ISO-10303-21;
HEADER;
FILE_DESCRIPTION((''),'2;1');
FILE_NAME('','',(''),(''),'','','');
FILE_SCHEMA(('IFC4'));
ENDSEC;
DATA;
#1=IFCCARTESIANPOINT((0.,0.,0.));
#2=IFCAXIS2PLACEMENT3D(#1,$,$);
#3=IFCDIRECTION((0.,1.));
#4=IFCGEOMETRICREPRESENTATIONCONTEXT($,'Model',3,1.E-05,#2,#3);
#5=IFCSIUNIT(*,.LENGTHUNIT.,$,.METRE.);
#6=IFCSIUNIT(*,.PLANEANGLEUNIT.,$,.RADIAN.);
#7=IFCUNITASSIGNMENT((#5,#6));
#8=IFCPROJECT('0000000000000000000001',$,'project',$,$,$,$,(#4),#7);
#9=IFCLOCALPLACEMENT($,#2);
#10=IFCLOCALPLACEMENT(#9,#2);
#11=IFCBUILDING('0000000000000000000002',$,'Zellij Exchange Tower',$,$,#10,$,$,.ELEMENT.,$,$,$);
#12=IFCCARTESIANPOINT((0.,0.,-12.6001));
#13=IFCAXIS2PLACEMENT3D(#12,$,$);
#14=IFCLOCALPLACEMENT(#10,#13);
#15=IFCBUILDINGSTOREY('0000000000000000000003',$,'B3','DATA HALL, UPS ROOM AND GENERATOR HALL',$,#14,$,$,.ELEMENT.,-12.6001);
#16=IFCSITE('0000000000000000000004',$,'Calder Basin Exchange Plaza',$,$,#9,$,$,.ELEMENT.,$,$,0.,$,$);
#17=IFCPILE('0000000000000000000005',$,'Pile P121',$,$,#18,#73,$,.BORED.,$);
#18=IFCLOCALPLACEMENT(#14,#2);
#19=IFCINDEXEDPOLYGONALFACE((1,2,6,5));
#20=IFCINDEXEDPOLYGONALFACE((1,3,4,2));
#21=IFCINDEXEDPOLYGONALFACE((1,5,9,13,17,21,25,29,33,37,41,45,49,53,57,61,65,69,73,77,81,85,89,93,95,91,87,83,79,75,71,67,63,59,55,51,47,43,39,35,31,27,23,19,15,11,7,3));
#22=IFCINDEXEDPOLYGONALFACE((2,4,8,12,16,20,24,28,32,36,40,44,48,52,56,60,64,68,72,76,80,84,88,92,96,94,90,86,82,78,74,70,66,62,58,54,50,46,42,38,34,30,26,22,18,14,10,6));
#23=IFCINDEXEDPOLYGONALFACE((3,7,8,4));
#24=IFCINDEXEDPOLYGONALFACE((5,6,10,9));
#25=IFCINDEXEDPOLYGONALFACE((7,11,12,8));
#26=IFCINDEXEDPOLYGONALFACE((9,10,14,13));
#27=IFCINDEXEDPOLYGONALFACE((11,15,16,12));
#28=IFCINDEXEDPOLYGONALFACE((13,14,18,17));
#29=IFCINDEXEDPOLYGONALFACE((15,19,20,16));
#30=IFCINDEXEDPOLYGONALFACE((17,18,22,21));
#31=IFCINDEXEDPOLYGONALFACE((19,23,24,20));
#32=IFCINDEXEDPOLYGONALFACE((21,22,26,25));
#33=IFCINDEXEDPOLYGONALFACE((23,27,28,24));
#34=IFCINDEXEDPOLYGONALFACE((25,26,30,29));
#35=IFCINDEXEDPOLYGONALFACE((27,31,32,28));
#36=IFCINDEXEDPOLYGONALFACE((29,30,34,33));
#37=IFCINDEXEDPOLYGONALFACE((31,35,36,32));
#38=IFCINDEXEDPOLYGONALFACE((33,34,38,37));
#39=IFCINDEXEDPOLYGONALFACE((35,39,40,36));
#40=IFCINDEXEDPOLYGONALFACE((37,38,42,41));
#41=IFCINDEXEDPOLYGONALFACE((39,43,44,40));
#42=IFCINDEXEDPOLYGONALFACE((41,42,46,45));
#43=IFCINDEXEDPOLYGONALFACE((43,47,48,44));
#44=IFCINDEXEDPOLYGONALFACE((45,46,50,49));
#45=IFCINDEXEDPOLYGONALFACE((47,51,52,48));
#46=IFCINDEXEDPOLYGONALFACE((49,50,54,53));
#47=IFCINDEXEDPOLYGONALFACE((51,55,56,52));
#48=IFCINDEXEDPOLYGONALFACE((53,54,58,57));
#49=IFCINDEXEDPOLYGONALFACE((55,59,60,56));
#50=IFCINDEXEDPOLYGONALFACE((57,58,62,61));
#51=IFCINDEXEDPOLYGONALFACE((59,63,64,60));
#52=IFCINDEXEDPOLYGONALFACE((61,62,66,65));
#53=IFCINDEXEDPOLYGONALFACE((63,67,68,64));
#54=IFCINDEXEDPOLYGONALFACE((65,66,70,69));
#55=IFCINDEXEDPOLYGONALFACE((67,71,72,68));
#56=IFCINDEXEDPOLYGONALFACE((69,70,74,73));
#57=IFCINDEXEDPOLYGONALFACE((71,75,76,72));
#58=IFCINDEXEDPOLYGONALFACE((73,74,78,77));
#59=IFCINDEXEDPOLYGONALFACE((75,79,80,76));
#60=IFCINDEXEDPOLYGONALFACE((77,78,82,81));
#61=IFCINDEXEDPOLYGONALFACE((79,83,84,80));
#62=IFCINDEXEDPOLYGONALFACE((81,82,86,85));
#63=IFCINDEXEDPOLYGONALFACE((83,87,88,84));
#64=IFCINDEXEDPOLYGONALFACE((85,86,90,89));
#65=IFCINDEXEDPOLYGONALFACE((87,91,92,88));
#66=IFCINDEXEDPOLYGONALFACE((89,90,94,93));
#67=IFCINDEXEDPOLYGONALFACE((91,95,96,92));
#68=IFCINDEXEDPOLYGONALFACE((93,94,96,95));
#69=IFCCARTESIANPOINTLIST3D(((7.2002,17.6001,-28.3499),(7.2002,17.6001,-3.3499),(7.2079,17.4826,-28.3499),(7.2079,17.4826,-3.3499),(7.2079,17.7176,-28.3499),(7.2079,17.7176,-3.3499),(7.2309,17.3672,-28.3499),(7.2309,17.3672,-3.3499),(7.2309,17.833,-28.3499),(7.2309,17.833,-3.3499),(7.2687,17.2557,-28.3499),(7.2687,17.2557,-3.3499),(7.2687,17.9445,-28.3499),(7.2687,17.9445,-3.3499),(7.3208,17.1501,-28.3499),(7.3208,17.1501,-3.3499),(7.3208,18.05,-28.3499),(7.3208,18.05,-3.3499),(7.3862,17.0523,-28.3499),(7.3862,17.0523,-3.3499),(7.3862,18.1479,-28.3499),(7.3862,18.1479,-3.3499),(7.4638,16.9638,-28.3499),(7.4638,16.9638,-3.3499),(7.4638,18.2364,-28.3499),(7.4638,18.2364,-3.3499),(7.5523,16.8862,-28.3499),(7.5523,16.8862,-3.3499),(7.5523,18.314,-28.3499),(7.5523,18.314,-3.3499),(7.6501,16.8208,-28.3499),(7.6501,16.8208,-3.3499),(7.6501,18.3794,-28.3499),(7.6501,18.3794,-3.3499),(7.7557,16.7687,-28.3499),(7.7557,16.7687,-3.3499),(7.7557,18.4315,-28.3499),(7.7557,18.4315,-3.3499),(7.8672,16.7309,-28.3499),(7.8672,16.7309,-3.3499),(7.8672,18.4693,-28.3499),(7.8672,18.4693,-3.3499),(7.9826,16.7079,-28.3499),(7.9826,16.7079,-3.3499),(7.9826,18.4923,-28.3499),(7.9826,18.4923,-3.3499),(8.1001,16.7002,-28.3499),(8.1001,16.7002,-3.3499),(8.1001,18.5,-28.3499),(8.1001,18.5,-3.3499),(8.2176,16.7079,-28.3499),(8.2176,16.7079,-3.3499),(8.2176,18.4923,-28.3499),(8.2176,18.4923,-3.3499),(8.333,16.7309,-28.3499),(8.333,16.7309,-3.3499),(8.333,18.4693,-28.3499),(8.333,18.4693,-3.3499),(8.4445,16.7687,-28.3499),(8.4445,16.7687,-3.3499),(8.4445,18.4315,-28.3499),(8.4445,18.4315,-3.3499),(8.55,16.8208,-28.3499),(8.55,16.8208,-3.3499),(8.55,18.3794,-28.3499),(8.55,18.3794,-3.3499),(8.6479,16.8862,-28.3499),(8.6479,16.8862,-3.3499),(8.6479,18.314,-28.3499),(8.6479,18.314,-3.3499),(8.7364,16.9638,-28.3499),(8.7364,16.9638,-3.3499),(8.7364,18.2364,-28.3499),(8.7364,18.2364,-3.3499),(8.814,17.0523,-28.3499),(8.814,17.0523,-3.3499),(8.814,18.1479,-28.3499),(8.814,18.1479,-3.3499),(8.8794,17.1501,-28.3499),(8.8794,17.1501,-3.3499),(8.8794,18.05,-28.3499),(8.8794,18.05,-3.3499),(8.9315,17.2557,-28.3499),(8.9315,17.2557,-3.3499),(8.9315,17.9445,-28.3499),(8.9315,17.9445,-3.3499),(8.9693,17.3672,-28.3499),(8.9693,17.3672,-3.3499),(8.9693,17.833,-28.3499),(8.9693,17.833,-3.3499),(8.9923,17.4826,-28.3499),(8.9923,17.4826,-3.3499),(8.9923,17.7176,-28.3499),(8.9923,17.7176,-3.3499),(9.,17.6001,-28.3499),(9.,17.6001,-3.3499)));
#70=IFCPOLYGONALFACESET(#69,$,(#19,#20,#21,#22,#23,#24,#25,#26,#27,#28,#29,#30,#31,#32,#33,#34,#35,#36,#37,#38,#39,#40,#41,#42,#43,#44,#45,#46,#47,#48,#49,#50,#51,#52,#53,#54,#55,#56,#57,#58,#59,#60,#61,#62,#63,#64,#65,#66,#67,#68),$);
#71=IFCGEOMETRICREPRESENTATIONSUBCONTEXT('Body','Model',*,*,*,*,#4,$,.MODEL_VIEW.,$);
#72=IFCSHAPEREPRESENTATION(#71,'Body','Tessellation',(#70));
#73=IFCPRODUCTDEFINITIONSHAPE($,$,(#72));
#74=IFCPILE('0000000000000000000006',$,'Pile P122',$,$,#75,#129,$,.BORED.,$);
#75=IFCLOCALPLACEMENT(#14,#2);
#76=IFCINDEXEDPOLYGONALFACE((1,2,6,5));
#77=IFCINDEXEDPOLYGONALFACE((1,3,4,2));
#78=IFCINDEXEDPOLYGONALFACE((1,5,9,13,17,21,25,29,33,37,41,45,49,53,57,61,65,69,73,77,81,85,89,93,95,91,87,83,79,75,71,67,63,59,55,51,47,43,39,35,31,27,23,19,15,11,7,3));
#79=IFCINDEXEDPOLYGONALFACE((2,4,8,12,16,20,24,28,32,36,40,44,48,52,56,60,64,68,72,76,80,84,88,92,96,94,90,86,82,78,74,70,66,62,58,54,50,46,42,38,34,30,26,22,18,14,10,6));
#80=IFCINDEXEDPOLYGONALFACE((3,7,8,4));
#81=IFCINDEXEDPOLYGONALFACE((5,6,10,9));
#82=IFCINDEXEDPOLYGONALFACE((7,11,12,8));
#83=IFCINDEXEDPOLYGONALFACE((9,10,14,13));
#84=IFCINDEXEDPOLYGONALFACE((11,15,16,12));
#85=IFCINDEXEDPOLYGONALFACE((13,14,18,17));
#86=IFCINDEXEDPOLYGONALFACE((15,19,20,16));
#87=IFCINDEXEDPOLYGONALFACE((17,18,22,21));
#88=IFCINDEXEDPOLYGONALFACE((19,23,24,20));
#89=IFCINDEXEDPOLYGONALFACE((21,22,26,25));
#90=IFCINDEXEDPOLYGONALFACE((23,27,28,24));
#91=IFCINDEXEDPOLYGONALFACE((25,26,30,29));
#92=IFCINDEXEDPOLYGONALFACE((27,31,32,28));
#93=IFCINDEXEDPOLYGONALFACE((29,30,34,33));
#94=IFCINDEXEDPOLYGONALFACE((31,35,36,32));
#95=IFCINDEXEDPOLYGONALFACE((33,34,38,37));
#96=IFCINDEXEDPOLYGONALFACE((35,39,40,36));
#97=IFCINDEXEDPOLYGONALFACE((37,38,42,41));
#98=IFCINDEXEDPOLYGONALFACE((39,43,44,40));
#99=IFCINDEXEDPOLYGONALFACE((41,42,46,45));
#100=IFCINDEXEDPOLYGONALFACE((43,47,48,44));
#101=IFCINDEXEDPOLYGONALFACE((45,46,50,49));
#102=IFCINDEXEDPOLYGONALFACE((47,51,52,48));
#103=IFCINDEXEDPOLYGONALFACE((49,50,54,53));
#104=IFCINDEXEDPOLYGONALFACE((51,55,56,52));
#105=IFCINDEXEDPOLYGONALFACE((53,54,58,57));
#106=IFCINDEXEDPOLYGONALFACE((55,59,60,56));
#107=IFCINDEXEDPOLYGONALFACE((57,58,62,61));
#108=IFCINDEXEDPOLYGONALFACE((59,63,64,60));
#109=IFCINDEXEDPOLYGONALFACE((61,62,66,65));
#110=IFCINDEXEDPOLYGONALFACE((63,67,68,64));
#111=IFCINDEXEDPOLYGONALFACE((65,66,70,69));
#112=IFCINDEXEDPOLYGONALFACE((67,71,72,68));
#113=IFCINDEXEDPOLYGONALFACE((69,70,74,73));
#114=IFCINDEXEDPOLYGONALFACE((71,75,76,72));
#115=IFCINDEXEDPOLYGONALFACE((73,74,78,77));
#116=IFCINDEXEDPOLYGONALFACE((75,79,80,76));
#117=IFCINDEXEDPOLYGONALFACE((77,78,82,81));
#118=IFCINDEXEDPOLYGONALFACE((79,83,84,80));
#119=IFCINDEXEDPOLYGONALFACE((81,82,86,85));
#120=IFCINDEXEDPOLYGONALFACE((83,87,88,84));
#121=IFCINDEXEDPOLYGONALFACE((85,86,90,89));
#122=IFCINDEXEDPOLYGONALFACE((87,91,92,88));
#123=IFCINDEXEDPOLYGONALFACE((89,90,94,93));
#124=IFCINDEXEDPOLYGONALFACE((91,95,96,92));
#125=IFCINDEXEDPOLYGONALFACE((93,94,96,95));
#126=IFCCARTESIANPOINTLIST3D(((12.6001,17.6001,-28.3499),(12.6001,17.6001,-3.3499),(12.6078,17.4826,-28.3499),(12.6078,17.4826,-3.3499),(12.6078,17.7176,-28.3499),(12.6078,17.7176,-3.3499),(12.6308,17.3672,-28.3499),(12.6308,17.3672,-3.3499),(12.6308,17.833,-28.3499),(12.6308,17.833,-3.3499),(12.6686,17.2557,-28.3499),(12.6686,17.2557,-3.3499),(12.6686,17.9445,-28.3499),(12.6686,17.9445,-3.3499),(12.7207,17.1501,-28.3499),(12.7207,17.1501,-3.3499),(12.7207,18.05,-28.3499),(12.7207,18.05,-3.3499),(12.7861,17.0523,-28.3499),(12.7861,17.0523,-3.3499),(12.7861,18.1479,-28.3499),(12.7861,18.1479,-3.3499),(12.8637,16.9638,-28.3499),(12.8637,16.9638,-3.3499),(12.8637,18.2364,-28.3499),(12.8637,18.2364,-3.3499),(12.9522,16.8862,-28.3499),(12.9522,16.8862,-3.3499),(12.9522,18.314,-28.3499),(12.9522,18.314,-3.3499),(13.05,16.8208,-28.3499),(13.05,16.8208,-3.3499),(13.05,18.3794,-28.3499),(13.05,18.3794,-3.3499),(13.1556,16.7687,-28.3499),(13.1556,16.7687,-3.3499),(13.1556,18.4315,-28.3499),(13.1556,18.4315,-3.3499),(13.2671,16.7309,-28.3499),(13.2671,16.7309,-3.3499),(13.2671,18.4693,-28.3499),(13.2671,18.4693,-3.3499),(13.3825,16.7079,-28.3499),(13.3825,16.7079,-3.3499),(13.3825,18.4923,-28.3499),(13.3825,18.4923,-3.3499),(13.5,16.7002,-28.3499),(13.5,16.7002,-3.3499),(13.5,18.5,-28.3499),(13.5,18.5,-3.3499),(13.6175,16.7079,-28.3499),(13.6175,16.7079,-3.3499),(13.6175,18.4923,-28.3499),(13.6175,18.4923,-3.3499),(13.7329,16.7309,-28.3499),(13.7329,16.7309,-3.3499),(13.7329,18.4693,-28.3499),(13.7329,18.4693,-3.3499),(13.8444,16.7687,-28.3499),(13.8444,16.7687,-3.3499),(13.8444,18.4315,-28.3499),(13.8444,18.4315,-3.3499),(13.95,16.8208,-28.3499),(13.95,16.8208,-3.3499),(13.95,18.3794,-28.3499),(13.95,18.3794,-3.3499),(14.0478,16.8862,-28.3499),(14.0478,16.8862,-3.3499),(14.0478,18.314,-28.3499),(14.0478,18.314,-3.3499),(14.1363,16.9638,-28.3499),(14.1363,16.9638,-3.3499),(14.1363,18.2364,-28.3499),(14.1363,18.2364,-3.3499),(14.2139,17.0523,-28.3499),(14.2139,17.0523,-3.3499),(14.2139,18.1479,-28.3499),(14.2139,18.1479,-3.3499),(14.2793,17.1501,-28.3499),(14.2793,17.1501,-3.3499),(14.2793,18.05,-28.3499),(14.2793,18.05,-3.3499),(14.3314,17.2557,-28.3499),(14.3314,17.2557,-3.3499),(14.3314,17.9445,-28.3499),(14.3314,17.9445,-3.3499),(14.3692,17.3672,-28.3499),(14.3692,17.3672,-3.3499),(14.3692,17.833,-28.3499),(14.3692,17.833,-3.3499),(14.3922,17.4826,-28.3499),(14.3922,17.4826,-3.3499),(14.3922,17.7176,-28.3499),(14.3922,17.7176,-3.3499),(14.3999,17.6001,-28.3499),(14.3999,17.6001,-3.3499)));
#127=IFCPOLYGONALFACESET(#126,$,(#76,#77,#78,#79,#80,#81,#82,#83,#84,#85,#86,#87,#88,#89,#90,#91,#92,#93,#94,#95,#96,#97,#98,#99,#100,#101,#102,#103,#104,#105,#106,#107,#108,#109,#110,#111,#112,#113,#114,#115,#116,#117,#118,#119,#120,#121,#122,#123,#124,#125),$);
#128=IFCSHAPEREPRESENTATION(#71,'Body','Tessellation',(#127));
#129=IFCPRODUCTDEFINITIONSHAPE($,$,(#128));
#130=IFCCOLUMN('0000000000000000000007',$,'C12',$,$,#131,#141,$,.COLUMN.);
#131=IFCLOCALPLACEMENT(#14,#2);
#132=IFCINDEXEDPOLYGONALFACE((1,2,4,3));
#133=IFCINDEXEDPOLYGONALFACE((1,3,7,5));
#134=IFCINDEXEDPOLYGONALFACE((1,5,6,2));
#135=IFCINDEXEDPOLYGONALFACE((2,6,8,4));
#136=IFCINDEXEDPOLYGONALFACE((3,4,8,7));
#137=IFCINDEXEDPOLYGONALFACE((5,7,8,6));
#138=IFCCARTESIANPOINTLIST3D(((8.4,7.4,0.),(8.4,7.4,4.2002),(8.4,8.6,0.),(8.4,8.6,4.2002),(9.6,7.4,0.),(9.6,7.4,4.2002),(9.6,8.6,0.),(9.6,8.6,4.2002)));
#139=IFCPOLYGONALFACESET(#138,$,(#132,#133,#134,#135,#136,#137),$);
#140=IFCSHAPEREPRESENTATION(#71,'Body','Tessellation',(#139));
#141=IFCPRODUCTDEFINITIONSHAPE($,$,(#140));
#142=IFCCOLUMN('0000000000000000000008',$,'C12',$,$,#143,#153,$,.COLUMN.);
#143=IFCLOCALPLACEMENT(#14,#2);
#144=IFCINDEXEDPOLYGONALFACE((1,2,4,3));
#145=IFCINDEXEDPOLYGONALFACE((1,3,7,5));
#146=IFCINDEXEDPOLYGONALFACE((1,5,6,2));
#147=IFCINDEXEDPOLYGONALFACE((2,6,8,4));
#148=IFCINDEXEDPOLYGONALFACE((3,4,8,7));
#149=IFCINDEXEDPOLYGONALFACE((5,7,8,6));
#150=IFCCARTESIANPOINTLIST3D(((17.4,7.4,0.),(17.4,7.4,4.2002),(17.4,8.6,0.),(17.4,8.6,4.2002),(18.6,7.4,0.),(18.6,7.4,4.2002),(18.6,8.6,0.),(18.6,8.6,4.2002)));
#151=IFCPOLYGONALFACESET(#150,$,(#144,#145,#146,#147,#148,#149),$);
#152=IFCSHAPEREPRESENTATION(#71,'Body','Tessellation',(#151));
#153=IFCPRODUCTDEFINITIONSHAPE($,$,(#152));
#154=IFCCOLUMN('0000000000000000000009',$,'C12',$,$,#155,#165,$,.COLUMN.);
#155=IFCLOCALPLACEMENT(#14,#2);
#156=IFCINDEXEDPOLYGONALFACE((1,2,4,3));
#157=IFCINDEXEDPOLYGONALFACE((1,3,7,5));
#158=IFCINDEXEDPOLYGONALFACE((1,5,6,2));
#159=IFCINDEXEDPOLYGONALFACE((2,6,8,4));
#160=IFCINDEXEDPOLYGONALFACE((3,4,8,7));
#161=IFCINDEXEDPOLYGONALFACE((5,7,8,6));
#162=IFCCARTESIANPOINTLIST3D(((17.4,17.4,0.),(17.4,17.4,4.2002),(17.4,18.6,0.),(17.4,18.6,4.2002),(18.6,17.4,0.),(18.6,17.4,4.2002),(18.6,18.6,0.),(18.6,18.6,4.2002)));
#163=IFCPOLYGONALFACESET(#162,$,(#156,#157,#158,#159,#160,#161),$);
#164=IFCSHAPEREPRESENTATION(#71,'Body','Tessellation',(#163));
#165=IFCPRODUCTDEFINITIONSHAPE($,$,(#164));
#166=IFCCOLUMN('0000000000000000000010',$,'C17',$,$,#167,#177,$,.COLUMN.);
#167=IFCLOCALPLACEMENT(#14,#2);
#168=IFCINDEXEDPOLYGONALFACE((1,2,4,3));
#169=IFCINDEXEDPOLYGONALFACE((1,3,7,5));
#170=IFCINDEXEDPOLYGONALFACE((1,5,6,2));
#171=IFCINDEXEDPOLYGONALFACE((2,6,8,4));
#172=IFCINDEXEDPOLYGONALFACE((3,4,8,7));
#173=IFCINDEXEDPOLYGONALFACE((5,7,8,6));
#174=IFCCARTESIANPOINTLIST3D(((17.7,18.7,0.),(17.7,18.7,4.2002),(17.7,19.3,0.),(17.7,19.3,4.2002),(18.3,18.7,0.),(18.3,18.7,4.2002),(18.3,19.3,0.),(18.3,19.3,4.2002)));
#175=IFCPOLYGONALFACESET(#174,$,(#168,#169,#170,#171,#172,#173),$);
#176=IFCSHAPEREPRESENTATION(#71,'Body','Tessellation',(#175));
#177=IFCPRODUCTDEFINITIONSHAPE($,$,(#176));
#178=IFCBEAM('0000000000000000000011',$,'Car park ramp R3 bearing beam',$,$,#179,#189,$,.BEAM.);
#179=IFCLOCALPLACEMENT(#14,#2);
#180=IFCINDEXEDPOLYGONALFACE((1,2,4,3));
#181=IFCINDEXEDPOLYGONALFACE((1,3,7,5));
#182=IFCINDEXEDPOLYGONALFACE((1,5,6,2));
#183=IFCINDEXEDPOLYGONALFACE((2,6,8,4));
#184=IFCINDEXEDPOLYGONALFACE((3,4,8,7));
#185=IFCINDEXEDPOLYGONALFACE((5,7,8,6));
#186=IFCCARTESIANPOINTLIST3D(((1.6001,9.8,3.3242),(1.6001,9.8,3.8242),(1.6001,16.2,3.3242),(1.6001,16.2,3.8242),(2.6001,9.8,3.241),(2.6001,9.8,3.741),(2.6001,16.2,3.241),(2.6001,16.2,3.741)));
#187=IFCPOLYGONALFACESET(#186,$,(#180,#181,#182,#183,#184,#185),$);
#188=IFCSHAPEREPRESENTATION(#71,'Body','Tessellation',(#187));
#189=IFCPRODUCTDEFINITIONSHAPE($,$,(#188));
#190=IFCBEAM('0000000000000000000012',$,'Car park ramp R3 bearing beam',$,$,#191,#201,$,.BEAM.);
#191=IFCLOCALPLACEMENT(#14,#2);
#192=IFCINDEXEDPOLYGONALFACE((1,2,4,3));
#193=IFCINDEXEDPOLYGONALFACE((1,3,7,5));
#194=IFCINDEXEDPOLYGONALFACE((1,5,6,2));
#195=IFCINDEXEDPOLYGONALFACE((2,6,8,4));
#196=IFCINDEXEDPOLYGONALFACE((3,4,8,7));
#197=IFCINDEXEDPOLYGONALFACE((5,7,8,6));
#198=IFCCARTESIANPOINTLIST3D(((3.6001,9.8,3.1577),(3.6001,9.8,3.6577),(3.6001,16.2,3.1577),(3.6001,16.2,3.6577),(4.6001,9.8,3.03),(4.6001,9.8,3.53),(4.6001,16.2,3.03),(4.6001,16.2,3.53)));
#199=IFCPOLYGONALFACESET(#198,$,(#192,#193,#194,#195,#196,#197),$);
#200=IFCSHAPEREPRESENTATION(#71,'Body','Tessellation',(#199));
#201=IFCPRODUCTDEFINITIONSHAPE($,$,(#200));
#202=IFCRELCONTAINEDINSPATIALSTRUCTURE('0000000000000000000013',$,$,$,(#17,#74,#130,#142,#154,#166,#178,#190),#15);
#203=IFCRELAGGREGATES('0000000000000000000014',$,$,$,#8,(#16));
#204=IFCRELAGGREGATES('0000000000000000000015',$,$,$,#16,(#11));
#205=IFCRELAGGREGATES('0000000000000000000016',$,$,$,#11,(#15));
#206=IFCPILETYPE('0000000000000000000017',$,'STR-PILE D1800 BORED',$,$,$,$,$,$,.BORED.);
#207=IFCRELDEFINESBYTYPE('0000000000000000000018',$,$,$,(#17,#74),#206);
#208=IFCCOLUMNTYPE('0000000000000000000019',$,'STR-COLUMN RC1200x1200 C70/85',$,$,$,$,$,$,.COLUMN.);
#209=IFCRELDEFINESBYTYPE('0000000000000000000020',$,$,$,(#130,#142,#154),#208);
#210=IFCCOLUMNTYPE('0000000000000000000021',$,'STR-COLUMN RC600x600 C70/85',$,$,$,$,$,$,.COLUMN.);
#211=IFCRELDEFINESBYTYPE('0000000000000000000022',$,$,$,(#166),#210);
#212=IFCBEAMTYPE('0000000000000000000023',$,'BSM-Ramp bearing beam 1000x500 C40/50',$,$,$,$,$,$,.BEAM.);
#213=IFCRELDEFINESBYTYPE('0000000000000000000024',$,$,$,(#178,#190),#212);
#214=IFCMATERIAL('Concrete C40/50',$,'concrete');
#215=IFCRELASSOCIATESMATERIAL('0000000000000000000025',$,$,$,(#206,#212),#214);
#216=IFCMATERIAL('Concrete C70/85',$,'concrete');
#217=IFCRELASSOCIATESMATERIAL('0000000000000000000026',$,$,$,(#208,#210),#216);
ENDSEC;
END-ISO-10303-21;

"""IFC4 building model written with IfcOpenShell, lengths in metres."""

from ifc_helpers import new_model, si_unit, direction, frame, origin, origin_2d, place, context, subcontext, project, spatial, polyline, rectangle, circle, outline, extrude, material, material_profile, profile_set, type_object, element, save


model = new_model("IFC4")

# Units and contexts
model_context = context("Model", 3, precision=1e-05, world=origin(), true_north=direction((0.0, 1.0)))
body_context = subcontext(model_context, "Body", "Model", "MODEL_VIEW")
ifc_project = project(units=[si_unit("LENGTHUNIT", "METRE"), si_unit("PLANEANGLEUNIT", "RADIAN")], contexts=[model_context])

# Site, building, storey
site_placement = place(None, origin())
site = spatial("IfcSite", under=ifc_project, at=site_placement, Name="Calder Basin Exchange Plaza", CompositionType="ELEMENT", RefElevation=0.0)
building_placement = place(site_placement, origin())
building = spatial("IfcBuilding", under=site, at=building_placement, Name="Zellij Exchange Tower", CompositionType="ELEMENT")
storey_placement = place(building_placement, frame((0.0, 0.0, -12.6001)))
storey = spatial("IfcBuildingStorey", under=building, at=storey_placement, Name="B3", Description="DATA HALL, UPS ROOM AND GENERATOR HALL", CompositionType="ELEMENT", Elevation=-12.6001)

# Piles
ifc_material_1 = material(Name="Concrete C40/50", Category="concrete")
ifc_material_profile_1 = material_profile(ifc_material_1, circle(Radius=0.8999, at=origin_2d()), Name="STR-PILE D1800 BORED")
ifc_profile_set_1 = profile_set([ifc_material_profile_1], Name="Concrete C40/50")
pile_type = type_object("IfcPileType", Name="STR-PILE D1800 BORED", PredefinedType="BORED", material=ifc_profile_set_1)
for number, where, z_axis, x_axis, name in (
    (1, (8.1001, 17.6001, -3.3499), (0.0, 0.0, -1.0), (1.0, 0.0, 0.0), "Pile P121"),
    (2, (13.5, 17.6001, -3.3499), (0.0, 0.0, -1.0), (1.0, 0.0, 0.0), "Pile P122"),
):
    element("IfcPile", number, at=place(storey_placement, frame(where, z_axis=z_axis, x_axis=x_axis)), inside=storey, type_object=pile_type, Name=name, PredefinedType="BORED", context=body_context, shape_type="SweptSolid", body=[
        extrude(circle(Radius=0.8999, at=origin_2d()), origin(), (0.0, 0.0, 1.0), 25.0),
    ])

# Columns
ifc_material_2 = material(Name="Concrete C70/85", Category="concrete")
ifc_material_profile_2 = material_profile(ifc_material_2, rectangle(XDim=1.2, YDim=1.2, at=origin_2d()), Name="STR-COLUMN RC1200x1200 C70/85")
ifc_profile_set_2 = profile_set([ifc_material_profile_2], Name="Concrete C70/85")
column_type_1 = type_object("IfcColumnType", Name="STR-COLUMN RC1200x1200 C70/85", PredefinedType="COLUMN", material=ifc_profile_set_2)
for number, where, z_axis, x_axis, name in (
    (3, (9.0, 8.0, 0.0), (0.0, 0.0, 1.0), (1.0, 0.0, 0.0), "C12"),
    (4, (18.0, 8.0, 0.0), (0.0, 0.0, 1.0), (1.0, 0.0, 0.0), "C12"),
    (5, (18.0, 18.0, 0.0), (0.0, 0.0, 1.0), (1.0, 0.0, 0.0), "C12"),
):
    element("IfcColumn", number, at=place(storey_placement, frame(where, z_axis=z_axis, x_axis=x_axis)), inside=storey, type_object=column_type_1, Name=name, PredefinedType="COLUMN", context=body_context, shape_type="SweptSolid", body=[
        extrude(rectangle(XDim=1.2, YDim=1.2, at=origin_2d()), origin(), (0.0, 0.0, 1.0), 4.2002),
    ])
ifc_material_profile_3 = material_profile(ifc_material_2, rectangle(XDim=0.6001, YDim=0.6001, at=origin_2d()), Name="STR-COLUMN RC600x600 C70/85")
ifc_profile_set_3 = profile_set([ifc_material_profile_3], Name="Concrete C70/85")
column_type_2 = type_object("IfcColumnType", Name="STR-COLUMN RC600x600 C70/85", PredefinedType="COLUMN", material=ifc_profile_set_3)
column_placement = place(storey_placement, frame((18.0, 19.0, 0.0), z_axis=(0.0, 0.0, 1.0), x_axis=(1.0, 0.0, 0.0)))
element("IfcColumn", 6, at=column_placement, inside=storey, type_object=column_type_2, Name="C17", PredefinedType="COLUMN", context=body_context, shape_type="SweptSolid", body=[
    extrude(rectangle(XDim=0.6001, YDim=0.6001, at=origin_2d()), origin(), (0.0, 0.0, 1.0), 4.2002),
])

# Beams
beam_type = type_object("IfcBeamType", Name="BSM-Ramp bearing beam 1000x500 C40/50", PredefinedType="BEAM", material=ifc_material_1)
beam_1_placement = place(storey_placement, frame((1.6001, 9.8, 3.8242), z_axis=(0.082965, 0.0, 0.996552), x_axis=(0.996552, 0.0, -0.082965)))
element("IfcBeam", 7, at=beam_1_placement, inside=storey, type_object=beam_type, Name="Car park ramp R3 bearing beam", PredefinedType="BEAM", context=body_context, shape_type="SweptSolid", body=[
    extrude(outline(polyline([(0.0, 0.0), (1.0035, 0.0), (1.0035, 6.3999), (0.0, 6.3999), (0.0, 0.0)])), origin(), (0.082965, 0.0, -0.996552), 0.5),
])
beam_2_placement = place(storey_placement, frame((3.6001, 9.8, 3.6577), z_axis=(0.126657, 0.0, 0.991947), x_axis=(0.991947, 0.0, -0.126657)))
element("IfcBeam", 8, at=beam_2_placement, inside=storey, type_object=beam_type, Name="Car park ramp R3 bearing beam", PredefinedType="BEAM", context=body_context, shape_type="SweptSolid", body=[
    extrude(outline(polyline([(0.0, 0.0), (1.0081, 0.0), (1.0081, 6.3999), (0.0, 6.3999), (0.0, 0.0)])), origin(), (0.126657, 0.0, -0.991947), 0.5),
])

save(model, "model.ifc")
